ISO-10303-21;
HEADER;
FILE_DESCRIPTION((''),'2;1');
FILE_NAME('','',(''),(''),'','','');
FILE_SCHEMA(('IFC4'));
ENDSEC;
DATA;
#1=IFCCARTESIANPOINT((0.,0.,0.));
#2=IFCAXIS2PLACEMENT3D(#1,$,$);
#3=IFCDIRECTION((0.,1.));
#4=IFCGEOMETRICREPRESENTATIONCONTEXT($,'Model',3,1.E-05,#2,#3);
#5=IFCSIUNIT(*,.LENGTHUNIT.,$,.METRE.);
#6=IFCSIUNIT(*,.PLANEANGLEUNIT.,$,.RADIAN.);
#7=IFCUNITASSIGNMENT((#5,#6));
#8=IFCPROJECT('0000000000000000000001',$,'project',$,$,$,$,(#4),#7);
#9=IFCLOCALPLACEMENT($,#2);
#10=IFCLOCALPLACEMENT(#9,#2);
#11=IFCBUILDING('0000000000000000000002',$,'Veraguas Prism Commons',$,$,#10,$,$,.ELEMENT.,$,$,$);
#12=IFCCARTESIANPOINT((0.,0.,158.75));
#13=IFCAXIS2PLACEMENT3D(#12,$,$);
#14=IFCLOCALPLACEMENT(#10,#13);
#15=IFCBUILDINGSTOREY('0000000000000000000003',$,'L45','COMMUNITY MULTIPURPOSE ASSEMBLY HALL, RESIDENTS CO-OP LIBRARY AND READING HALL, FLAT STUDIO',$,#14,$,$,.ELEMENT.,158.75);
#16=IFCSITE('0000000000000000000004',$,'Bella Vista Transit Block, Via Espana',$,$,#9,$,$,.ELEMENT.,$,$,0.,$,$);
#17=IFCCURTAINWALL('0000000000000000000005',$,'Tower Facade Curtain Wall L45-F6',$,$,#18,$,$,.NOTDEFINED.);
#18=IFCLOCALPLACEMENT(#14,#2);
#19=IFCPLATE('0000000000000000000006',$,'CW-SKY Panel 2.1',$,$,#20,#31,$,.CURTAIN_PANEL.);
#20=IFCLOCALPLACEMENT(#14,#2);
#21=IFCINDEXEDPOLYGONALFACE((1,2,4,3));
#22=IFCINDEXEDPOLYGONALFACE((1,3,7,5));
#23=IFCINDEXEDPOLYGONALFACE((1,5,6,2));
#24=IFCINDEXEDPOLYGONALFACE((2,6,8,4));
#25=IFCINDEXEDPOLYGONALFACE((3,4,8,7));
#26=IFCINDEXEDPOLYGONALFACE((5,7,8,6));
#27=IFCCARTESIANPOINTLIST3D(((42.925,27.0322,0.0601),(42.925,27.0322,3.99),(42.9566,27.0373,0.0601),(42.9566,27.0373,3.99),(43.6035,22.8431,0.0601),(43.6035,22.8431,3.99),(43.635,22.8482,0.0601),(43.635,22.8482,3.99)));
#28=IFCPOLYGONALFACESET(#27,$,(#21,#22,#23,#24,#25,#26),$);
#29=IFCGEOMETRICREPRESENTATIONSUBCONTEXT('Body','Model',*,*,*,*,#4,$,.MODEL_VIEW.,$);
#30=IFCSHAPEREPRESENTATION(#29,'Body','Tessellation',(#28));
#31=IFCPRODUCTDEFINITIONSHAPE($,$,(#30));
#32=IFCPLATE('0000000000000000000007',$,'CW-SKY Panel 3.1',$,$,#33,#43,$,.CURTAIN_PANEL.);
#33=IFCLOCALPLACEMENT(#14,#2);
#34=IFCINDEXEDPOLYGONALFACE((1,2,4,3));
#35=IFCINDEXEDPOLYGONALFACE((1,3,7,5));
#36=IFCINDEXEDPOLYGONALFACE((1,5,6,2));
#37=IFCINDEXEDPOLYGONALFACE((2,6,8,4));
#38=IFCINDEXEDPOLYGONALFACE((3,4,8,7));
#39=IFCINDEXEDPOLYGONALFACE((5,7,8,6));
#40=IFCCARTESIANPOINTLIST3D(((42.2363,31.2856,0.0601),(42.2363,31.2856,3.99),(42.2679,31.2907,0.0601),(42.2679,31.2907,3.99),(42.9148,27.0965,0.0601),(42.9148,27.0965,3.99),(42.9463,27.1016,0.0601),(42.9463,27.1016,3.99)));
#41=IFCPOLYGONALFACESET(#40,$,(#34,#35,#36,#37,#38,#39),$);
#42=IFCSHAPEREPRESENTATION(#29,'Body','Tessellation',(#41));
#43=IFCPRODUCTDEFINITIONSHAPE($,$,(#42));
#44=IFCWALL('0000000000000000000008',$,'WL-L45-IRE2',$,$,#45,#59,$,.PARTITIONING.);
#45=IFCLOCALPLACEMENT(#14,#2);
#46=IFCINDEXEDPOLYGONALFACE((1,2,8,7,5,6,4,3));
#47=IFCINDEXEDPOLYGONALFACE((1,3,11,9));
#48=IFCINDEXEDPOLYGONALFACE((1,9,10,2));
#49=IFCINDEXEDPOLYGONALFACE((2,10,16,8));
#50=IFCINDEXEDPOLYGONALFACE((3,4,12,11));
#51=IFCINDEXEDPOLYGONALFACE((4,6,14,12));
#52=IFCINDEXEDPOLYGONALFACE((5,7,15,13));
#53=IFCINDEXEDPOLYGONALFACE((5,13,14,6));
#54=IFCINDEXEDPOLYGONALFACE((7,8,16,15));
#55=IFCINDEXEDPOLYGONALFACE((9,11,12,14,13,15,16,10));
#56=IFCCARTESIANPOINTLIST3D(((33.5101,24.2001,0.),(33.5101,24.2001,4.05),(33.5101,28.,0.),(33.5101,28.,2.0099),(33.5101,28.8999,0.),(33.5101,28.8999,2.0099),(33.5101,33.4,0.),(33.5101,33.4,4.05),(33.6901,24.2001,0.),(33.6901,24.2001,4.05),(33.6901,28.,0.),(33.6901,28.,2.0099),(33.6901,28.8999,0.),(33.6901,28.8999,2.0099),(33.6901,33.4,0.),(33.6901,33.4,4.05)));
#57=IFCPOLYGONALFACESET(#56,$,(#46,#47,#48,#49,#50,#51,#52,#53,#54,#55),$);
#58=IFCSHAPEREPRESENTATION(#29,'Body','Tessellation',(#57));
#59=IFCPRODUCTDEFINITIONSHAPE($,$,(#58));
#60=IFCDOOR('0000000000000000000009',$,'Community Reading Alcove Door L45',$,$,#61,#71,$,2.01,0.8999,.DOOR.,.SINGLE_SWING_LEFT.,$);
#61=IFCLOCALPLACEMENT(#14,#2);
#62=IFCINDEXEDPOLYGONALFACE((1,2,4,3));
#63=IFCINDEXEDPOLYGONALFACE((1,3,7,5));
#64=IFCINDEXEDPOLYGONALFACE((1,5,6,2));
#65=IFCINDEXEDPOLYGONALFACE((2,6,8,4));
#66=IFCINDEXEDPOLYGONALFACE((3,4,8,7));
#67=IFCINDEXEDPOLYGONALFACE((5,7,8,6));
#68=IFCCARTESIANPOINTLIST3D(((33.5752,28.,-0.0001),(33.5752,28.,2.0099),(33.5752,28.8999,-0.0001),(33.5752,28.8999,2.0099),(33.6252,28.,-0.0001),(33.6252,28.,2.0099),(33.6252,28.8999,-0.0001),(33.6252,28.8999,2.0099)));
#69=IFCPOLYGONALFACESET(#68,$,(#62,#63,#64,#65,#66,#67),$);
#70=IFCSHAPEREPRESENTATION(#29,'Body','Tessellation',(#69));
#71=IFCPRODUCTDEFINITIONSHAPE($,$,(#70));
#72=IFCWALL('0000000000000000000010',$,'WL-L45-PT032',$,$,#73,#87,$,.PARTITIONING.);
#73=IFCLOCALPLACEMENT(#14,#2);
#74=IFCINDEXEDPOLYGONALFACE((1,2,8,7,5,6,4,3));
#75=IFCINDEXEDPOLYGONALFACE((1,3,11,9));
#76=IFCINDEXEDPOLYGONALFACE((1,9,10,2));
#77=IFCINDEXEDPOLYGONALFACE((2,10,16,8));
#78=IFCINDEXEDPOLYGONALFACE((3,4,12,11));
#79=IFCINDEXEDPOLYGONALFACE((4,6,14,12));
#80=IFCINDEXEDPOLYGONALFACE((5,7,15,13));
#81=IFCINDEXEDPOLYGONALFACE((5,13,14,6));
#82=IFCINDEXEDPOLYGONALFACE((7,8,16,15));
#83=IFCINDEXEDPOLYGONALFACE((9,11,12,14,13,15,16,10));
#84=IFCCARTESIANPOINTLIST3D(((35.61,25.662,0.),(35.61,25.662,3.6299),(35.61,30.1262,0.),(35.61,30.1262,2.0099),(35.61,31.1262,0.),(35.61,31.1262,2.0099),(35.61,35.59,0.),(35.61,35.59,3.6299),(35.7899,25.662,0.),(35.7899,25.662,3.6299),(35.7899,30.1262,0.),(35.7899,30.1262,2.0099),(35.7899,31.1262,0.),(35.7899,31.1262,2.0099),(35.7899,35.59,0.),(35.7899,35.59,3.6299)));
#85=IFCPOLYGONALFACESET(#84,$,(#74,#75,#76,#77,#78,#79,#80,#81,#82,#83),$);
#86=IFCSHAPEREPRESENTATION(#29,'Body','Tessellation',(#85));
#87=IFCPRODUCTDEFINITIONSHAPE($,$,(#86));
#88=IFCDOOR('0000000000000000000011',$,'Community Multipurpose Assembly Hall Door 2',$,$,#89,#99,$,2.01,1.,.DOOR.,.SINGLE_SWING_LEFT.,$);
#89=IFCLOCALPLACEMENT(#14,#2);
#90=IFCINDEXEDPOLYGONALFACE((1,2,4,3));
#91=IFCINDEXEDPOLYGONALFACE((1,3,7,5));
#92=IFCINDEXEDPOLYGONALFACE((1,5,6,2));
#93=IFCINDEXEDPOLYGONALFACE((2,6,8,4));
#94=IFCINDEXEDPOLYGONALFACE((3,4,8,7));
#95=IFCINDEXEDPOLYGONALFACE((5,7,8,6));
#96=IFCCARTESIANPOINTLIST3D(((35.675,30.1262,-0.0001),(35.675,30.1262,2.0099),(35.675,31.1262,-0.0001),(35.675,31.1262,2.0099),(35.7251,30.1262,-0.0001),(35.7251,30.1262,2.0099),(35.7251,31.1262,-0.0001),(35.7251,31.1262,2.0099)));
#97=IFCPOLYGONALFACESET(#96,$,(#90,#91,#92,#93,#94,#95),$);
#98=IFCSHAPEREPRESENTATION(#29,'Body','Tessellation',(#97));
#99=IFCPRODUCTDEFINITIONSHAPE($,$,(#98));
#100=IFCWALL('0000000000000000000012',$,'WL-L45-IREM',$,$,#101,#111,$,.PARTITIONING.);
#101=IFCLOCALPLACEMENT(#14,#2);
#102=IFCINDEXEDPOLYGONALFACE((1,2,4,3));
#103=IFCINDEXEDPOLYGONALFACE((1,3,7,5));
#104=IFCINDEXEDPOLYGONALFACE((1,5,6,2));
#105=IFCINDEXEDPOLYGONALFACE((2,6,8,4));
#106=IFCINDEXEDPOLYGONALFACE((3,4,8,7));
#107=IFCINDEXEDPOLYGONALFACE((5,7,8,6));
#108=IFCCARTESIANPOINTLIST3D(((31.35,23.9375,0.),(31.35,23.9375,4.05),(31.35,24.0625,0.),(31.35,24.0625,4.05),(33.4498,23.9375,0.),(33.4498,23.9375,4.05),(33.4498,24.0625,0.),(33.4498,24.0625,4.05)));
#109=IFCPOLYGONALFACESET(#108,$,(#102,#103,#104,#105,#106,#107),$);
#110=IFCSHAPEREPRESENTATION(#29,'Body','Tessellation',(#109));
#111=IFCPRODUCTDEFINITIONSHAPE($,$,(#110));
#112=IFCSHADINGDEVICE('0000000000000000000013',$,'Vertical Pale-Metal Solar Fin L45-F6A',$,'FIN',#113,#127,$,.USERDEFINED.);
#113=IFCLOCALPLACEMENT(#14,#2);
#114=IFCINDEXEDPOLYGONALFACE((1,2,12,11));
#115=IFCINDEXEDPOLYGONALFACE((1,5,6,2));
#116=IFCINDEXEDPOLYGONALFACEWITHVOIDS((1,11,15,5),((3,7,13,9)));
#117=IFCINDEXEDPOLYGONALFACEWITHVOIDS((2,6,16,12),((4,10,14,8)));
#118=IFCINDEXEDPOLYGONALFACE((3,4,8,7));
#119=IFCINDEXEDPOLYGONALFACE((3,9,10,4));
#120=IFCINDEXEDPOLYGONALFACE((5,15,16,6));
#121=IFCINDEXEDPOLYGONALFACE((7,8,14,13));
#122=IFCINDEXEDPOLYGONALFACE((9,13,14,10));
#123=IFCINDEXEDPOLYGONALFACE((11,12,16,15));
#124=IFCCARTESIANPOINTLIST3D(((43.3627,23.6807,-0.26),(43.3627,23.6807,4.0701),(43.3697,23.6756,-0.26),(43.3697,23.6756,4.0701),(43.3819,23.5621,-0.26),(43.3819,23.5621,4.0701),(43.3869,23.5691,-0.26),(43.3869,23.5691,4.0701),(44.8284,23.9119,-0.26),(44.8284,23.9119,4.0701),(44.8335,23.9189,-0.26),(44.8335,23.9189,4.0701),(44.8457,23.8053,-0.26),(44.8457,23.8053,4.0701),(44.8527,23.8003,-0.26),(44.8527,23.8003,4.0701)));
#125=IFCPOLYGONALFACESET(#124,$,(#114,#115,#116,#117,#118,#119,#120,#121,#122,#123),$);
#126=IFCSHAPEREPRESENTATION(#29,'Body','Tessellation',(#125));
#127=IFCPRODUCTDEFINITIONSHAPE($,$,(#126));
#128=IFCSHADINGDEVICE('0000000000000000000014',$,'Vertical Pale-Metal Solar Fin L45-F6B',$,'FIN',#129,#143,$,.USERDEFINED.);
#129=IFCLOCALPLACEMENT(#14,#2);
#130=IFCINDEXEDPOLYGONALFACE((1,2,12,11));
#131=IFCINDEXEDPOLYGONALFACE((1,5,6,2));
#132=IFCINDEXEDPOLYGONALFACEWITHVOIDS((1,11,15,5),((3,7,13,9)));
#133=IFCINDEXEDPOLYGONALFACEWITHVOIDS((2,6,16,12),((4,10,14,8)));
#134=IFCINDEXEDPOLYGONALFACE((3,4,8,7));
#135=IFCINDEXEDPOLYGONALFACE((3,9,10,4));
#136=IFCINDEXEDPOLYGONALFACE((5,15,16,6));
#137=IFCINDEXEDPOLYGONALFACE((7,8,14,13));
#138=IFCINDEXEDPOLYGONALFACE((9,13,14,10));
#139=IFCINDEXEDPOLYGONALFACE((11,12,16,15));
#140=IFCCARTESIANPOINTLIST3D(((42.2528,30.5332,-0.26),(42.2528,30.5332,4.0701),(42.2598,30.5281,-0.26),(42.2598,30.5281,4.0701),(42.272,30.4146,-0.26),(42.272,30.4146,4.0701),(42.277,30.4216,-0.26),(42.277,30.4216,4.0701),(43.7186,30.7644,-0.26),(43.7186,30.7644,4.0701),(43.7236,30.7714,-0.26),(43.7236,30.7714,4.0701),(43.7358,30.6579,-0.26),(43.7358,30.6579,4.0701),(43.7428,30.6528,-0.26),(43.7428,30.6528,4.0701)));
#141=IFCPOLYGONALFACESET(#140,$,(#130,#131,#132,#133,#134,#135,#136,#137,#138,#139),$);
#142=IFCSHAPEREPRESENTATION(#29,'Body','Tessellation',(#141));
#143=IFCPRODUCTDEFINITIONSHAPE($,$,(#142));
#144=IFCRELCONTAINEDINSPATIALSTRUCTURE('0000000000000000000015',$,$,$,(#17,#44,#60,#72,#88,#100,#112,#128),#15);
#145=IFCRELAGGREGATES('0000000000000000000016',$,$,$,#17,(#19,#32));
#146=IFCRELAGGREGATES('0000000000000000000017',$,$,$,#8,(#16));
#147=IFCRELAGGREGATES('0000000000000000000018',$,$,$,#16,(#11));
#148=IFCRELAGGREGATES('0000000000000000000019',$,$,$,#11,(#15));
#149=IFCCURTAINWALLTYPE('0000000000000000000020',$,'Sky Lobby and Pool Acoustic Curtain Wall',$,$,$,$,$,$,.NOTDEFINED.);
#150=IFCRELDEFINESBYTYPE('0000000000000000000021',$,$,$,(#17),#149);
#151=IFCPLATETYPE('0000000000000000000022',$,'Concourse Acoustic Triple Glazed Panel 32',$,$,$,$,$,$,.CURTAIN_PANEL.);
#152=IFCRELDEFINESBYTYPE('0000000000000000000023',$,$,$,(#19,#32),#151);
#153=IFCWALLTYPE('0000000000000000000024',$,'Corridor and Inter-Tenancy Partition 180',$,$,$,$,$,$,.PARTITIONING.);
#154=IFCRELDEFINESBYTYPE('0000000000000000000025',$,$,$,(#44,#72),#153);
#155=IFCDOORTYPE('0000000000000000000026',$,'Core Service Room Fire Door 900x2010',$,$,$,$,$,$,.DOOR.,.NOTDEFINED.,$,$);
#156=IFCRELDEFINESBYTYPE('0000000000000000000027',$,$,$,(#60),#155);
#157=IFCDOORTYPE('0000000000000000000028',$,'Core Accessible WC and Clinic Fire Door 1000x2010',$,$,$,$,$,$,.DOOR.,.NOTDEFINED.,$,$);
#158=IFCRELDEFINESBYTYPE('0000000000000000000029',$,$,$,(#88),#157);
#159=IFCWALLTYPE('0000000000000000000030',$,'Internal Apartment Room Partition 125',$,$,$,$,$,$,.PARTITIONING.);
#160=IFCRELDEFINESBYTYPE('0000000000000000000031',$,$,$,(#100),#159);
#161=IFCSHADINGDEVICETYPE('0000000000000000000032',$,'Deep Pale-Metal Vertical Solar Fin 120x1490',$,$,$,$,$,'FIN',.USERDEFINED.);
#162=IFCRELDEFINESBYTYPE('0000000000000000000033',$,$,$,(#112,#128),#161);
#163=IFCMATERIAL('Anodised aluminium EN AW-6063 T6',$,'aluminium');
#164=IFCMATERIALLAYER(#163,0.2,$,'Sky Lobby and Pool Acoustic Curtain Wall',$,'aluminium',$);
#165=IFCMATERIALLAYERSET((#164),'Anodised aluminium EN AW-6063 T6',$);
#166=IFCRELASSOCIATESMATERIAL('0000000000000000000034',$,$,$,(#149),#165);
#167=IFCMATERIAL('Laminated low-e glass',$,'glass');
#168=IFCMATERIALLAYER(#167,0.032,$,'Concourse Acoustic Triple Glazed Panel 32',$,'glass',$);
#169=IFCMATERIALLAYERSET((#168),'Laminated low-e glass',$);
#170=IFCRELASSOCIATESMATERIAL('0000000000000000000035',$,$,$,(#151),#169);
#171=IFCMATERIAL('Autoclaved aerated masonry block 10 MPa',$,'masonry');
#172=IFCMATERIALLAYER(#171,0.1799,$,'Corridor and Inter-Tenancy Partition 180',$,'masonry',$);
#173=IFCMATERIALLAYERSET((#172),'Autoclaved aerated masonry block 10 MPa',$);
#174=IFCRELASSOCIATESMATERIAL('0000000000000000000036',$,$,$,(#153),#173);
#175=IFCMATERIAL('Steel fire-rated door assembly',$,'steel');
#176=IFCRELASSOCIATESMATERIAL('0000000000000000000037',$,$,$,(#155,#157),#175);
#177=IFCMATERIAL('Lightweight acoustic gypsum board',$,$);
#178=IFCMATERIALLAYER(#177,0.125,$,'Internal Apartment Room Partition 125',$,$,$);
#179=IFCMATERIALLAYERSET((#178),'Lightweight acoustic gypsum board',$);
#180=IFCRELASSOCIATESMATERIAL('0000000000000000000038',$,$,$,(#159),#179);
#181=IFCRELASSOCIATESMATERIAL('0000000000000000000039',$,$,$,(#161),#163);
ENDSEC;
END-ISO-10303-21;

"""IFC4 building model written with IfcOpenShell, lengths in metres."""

from ifc_helpers import new_model, si_unit, direction, frame, frame_2d, origin, origin_2d, place, context, subcontext, project, spatial, rectangle, hollow_rectangle, extrude, source, transform, mapped, material, layer, layer_set, material_profile, profile_set, type_object, element, fill, aggregate, save


model = new_model("IFC4")

# Units and contexts
model_context = context("Model", 3, precision=1e-05, world=origin(), true_north=direction((0.0, 1.0)))
body_context = subcontext(model_context, "Body", "Model", "MODEL_VIEW")
ifc_project = project(units=[si_unit("LENGTHUNIT", "METRE"), si_unit("PLANEANGLEUNIT", "RADIAN")], contexts=[model_context])

# Site, building, storey
site_placement = place(None, origin())
site = spatial("IfcSite", under=ifc_project, at=site_placement, Name="Bella Vista Transit Block, Via Espana", CompositionType="ELEMENT", RefElevation=0.0)
building_placement = place(site_placement, origin())
building = spatial("IfcBuilding", under=site, at=building_placement, Name="Veraguas Prism Commons", CompositionType="ELEMENT")
storey_placement = place(building_placement, frame((0.0, 0.0, 158.75)))
storey = spatial("IfcBuildingStorey", under=building, at=storey_placement, Name="L45", Description="COMMUNITY MULTIPURPOSE ASSEMBLY HALL, RESIDENTS CO-OP LIBRARY AND READING HALL, FLAT STUDIO", CompositionType="ELEMENT", Elevation=158.75)

# Curtain wall, plates
ifc_material_1 = material(Name="Anodised aluminium EN AW-6063 T6", Category="aluminium")
ifc_layer_1 = layer(ifc_material_1, 0.2, Name="Sky Lobby and Pool Acoustic Curtain Wall", Category="aluminium")
ifc_layer_set_1 = layer_set([ifc_layer_1], Name="Anodised aluminium EN AW-6063 T6")
curtain_wall_type = type_object("IfcCurtainWallType", Name="Sky Lobby and Pool Acoustic Curtain Wall", PredefinedType="NOTDEFINED", material=ifc_layer_set_1)
curtain_wall_placement = place(storey_placement, origin())
curtain_wall = element("IfcCurtainWall", 1, at=curtain_wall_placement, inside=storey, type_object=curtain_wall_type, Name="Tower Facade Curtain Wall L45-F6", PredefinedType="NOTDEFINED")
ifc_material_2 = material(Name="Laminated low-e glass", Category="glass")
ifc_layer_2 = layer(ifc_material_2, 0.032, Name="Concourse Acoustic Triple Glazed Panel 32", Category="glass")
ifc_layer_set_2 = layer_set([ifc_layer_2], Name="Laminated low-e glass")
plate_type = type_object("IfcPlateType", Name="Concourse Acoustic Triple Glazed Panel 32", PredefinedType="CURTAIN_PANEL", material=ifc_layer_set_2)
shared_shape_1 = source(origin(), body_context, "Body", "SweptSolid", [
    extrude(rectangle(XDim=4.2437, YDim=0.032, at=origin_2d()), origin(), (0.0, 0.0, 1.0), 3.9299),
])
plate_1_placement = place(storey_placement, frame((43.28, 24.9402, 0.0601), z_axis=(0.0, 0.0, 1.0), x_axis=(-0.159878, 0.987137, 0.0)))
plate_1 = element("IfcPlate", 2, at=plate_1_placement, type_object=plate_type, Name="CW-SKY Panel 2.1", PredefinedType="CURTAIN_PANEL", context=body_context, shape_type="MappedRepresentation", body=[
    mapped(shared_shape_1, transform((0.0, 0.0, 0.0), scale=1.0)),
])
plate_2_placement = place(storey_placement, frame((42.5913, 29.1936, 0.0601), z_axis=(0.0, 0.0, 1.0), x_axis=(-0.159878, 0.987137, 0.0)))
plate_2 = element("IfcPlate", 3, at=plate_2_placement, type_object=plate_type, Name="CW-SKY Panel 3.1", PredefinedType="CURTAIN_PANEL", context=body_context, shape_type="MappedRepresentation", body=[
    mapped(shared_shape_1, transform((0.0, 0.0, 0.0), scale=1.0)),
])
aggregate(curtain_wall, [plate_1, plate_2])

# Walls, openings, doors
ifc_material_3 = material(Name="Autoclaved aerated masonry block 10 MPa", Category="masonry")
ifc_layer_3 = layer(ifc_material_3, 0.1799, Name="Corridor and Inter-Tenancy Partition 180", Category="masonry")
ifc_layer_set_3 = layer_set([ifc_layer_3], Name="Autoclaved aerated masonry block 10 MPa")
wall_type_1 = type_object("IfcWallType", Name="Corridor and Inter-Tenancy Partition 180", PredefinedType="PARTITIONING", material=ifc_layer_set_3)
wall_1_placement = place(storey_placement, frame((33.6001, 24.2, 0.0), z_axis=(0.0, 0.0, 1.0), x_axis=(0.0, 1.0, 0.0)))
wall_1 = element("IfcWall", 4, at=wall_1_placement, inside=storey, type_object=wall_type_1, Name="WL-L45-IRE2", PredefinedType="PARTITIONING", context=body_context, shape_type="SweptSolid", body=[
    extrude(rectangle(XDim=9.2, YDim=0.1799, at=frame_2d((4.6001, 0.0))), origin(), (0.0, 0.0, 1.0), 4.05),
])
opening_1_placement = place(wall_1_placement, frame((3.8, 0.0, 0.0)))
opening_1 = element("IfcOpeningElement", 5, at=opening_1_placement, cuts=wall_1, PredefinedType="OPENING", context=body_context, shape_type="SweptSolid", body=[
    extrude(rectangle(XDim=0.8999, YDim=2.01, at=frame_2d((0.45, 1.0049))), frame((0.0, 0.0999, 0.0), z_axis=(0.0, -1.0, 0.0), x_axis=(1.0, 0.0, 0.0)), (0.0, 0.0, 1.0), 0.2),
])
ifc_material_4 = material(Name="Steel fire-rated door assembly", Category="steel")
door_type_1 = type_object("IfcDoorType", Name="Core Service Room Fire Door 900x2010", OperationType="NOTDEFINED", PredefinedType="DOOR", material=ifc_material_4)
shared_shape_2 = source(origin(), body_context, "Body", "SweptSolid", [
    extrude(rectangle(XDim=0.8999, YDim=2.01, at=frame_2d((0.45, 1.0049))), frame((0.0, 0.0249, 0.0), z_axis=(0.0, -1.0, 0.0), x_axis=(1.0, 0.0, 0.0)), (0.0, 0.0, 1.0), 0.05),
])
door_1_placement = place(opening_1_placement, origin())
door_1 = element("IfcDoor", 6, at=door_1_placement, inside=storey, type_object=door_type_1, Name="Community Reading Alcove Door L45", OperationType="SINGLE_SWING_LEFT", OverallHeight=2.01, OverallWidth=0.8999, PredefinedType="DOOR", context=body_context, shape_type="MappedRepresentation", body=[
    mapped(shared_shape_2, transform((0.0, 0.0, 0.0), scale=1.0)),
])
fill(opening_1, door_1)
wall_2_placement = place(storey_placement, frame((35.7, 25.6621, 0.0), z_axis=(0.0, 0.0, 1.0), x_axis=(0.0, 1.0, 0.0)))
wall_2 = element("IfcWall", 7, at=wall_2_placement, inside=storey, type_object=wall_type_1, Name="WL-L45-PT032", PredefinedType="PARTITIONING", context=body_context, shape_type="SweptSolid", body=[
    extrude(rectangle(XDim=9.928, YDim=0.1799, at=frame_2d((4.9639, 0.0))), origin(), (0.0, 0.0, 1.0), 3.6299),
])
opening_2_placement = place(wall_2_placement, frame((4.4641, 0.0, 0.0)))
opening_2 = element("IfcOpeningElement", 8, at=opening_2_placement, cuts=wall_2, PredefinedType="OPENING", context=body_context, shape_type="SweptSolid", body=[
    extrude(rectangle(XDim=1.0, YDim=2.01, at=frame_2d((0.5, 1.0049))), frame((0.0, 0.0999, 0.0), z_axis=(0.0, -1.0, 0.0), x_axis=(1.0, 0.0, 0.0)), (0.0, 0.0, 1.0), 0.2),
])
door_type_2 = type_object("IfcDoorType", Name="Core Accessible WC and Clinic Fire Door 1000x2010", OperationType="NOTDEFINED", PredefinedType="DOOR", material=ifc_material_4)
shared_shape_3 = source(origin(), body_context, "Body", "SweptSolid", [
    extrude(rectangle(XDim=1.0, YDim=2.01, at=frame_2d((0.5, 1.0049))), frame((0.0, 0.0249, 0.0), z_axis=(0.0, -1.0, 0.0), x_axis=(1.0, 0.0, 0.0)), (0.0, 0.0, 1.0), 0.05),
])
door_2_placement = place(opening_2_placement, origin())
door_2 = element("IfcDoor", 9, at=door_2_placement, inside=storey, type_object=door_type_2, Name="Community Multipurpose Assembly Hall Door 2", OperationType="SINGLE_SWING_LEFT", OverallHeight=2.01, OverallWidth=1.0, PredefinedType="DOOR", context=body_context, shape_type="MappedRepresentation", body=[
    mapped(shared_shape_3, transform((0.0, 0.0, 0.0), scale=1.0)),
])
fill(opening_2, door_2)

# Wall
ifc_material_5 = material(Name="Lightweight acoustic gypsum board")
ifc_layer_4 = layer(ifc_material_5, 0.125, Name="Internal Apartment Room Partition 125")
ifc_layer_set_4 = layer_set([ifc_layer_4], Name="Lightweight acoustic gypsum board")
wall_type_2 = type_object("IfcWallType", Name="Internal Apartment Room Partition 125", PredefinedType="PARTITIONING", material=ifc_layer_set_4)
wall_3_placement = place(storey_placement, frame((31.3501, 24.0, 0.0), z_axis=(0.0, 0.0, 1.0), x_axis=(1.0, 0.0, 0.0)))
element("IfcWall", 10, at=wall_3_placement, inside=storey, type_object=wall_type_2, Name="WL-L45-IREM", PredefinedType="PARTITIONING", context=body_context, shape_type="SweptSolid", body=[
    extrude(rectangle(XDim=2.0999, YDim=0.125, at=frame_2d((1.0498, 0.0))), origin(), (0.0, 0.0, 1.0), 4.05),
])

# Shading devices
ifc_material_profile_1 = material_profile(ifc_material_1, hollow_rectangle(XDim=0.1201, YDim=1.49, WallThickness=0.0061, at=origin_2d()), Name="FIN120X1490X6")
ifc_profile_set_1 = profile_set([ifc_material_profile_1], Name="Anodised aluminium EN AW-6063 T6")
shading_device_type = type_object("IfcShadingDeviceType", Name="Deep Pale-Metal Vertical Solar Fin 120x1490", ElementType="FIN", PredefinedType="USERDEFINED", material=ifc_profile_set_1)
for number, where, z_axis, x_axis, name in (
    (11, (44.1077, 23.7405, -0.26), (0.0, 0.0, 1.0), (-0.159878, 0.987137, 0.0), "Vertical Pale-Metal Solar Fin L45-F6A"),
    (12, (42.9978, 30.593, -0.26), (0.0, 0.0, 1.0), (-0.159878, 0.987137, 0.0), "Vertical Pale-Metal Solar Fin L45-F6B"),
):
    element("IfcShadingDevice", number, at=place(storey_placement, frame(where, z_axis=z_axis, x_axis=x_axis)), inside=storey, type_object=shading_device_type, Name=name, ObjectType="FIN", PredefinedType="USERDEFINED", context=body_context, shape_type="SweptSolid", body=[
        extrude(hollow_rectangle(XDim=0.1201, YDim=1.49, WallThickness=0.0061, at=origin_2d()), origin(), (0.0, 0.0, 1.0), 4.3301),
    ])

save(model, "model.ifc")
